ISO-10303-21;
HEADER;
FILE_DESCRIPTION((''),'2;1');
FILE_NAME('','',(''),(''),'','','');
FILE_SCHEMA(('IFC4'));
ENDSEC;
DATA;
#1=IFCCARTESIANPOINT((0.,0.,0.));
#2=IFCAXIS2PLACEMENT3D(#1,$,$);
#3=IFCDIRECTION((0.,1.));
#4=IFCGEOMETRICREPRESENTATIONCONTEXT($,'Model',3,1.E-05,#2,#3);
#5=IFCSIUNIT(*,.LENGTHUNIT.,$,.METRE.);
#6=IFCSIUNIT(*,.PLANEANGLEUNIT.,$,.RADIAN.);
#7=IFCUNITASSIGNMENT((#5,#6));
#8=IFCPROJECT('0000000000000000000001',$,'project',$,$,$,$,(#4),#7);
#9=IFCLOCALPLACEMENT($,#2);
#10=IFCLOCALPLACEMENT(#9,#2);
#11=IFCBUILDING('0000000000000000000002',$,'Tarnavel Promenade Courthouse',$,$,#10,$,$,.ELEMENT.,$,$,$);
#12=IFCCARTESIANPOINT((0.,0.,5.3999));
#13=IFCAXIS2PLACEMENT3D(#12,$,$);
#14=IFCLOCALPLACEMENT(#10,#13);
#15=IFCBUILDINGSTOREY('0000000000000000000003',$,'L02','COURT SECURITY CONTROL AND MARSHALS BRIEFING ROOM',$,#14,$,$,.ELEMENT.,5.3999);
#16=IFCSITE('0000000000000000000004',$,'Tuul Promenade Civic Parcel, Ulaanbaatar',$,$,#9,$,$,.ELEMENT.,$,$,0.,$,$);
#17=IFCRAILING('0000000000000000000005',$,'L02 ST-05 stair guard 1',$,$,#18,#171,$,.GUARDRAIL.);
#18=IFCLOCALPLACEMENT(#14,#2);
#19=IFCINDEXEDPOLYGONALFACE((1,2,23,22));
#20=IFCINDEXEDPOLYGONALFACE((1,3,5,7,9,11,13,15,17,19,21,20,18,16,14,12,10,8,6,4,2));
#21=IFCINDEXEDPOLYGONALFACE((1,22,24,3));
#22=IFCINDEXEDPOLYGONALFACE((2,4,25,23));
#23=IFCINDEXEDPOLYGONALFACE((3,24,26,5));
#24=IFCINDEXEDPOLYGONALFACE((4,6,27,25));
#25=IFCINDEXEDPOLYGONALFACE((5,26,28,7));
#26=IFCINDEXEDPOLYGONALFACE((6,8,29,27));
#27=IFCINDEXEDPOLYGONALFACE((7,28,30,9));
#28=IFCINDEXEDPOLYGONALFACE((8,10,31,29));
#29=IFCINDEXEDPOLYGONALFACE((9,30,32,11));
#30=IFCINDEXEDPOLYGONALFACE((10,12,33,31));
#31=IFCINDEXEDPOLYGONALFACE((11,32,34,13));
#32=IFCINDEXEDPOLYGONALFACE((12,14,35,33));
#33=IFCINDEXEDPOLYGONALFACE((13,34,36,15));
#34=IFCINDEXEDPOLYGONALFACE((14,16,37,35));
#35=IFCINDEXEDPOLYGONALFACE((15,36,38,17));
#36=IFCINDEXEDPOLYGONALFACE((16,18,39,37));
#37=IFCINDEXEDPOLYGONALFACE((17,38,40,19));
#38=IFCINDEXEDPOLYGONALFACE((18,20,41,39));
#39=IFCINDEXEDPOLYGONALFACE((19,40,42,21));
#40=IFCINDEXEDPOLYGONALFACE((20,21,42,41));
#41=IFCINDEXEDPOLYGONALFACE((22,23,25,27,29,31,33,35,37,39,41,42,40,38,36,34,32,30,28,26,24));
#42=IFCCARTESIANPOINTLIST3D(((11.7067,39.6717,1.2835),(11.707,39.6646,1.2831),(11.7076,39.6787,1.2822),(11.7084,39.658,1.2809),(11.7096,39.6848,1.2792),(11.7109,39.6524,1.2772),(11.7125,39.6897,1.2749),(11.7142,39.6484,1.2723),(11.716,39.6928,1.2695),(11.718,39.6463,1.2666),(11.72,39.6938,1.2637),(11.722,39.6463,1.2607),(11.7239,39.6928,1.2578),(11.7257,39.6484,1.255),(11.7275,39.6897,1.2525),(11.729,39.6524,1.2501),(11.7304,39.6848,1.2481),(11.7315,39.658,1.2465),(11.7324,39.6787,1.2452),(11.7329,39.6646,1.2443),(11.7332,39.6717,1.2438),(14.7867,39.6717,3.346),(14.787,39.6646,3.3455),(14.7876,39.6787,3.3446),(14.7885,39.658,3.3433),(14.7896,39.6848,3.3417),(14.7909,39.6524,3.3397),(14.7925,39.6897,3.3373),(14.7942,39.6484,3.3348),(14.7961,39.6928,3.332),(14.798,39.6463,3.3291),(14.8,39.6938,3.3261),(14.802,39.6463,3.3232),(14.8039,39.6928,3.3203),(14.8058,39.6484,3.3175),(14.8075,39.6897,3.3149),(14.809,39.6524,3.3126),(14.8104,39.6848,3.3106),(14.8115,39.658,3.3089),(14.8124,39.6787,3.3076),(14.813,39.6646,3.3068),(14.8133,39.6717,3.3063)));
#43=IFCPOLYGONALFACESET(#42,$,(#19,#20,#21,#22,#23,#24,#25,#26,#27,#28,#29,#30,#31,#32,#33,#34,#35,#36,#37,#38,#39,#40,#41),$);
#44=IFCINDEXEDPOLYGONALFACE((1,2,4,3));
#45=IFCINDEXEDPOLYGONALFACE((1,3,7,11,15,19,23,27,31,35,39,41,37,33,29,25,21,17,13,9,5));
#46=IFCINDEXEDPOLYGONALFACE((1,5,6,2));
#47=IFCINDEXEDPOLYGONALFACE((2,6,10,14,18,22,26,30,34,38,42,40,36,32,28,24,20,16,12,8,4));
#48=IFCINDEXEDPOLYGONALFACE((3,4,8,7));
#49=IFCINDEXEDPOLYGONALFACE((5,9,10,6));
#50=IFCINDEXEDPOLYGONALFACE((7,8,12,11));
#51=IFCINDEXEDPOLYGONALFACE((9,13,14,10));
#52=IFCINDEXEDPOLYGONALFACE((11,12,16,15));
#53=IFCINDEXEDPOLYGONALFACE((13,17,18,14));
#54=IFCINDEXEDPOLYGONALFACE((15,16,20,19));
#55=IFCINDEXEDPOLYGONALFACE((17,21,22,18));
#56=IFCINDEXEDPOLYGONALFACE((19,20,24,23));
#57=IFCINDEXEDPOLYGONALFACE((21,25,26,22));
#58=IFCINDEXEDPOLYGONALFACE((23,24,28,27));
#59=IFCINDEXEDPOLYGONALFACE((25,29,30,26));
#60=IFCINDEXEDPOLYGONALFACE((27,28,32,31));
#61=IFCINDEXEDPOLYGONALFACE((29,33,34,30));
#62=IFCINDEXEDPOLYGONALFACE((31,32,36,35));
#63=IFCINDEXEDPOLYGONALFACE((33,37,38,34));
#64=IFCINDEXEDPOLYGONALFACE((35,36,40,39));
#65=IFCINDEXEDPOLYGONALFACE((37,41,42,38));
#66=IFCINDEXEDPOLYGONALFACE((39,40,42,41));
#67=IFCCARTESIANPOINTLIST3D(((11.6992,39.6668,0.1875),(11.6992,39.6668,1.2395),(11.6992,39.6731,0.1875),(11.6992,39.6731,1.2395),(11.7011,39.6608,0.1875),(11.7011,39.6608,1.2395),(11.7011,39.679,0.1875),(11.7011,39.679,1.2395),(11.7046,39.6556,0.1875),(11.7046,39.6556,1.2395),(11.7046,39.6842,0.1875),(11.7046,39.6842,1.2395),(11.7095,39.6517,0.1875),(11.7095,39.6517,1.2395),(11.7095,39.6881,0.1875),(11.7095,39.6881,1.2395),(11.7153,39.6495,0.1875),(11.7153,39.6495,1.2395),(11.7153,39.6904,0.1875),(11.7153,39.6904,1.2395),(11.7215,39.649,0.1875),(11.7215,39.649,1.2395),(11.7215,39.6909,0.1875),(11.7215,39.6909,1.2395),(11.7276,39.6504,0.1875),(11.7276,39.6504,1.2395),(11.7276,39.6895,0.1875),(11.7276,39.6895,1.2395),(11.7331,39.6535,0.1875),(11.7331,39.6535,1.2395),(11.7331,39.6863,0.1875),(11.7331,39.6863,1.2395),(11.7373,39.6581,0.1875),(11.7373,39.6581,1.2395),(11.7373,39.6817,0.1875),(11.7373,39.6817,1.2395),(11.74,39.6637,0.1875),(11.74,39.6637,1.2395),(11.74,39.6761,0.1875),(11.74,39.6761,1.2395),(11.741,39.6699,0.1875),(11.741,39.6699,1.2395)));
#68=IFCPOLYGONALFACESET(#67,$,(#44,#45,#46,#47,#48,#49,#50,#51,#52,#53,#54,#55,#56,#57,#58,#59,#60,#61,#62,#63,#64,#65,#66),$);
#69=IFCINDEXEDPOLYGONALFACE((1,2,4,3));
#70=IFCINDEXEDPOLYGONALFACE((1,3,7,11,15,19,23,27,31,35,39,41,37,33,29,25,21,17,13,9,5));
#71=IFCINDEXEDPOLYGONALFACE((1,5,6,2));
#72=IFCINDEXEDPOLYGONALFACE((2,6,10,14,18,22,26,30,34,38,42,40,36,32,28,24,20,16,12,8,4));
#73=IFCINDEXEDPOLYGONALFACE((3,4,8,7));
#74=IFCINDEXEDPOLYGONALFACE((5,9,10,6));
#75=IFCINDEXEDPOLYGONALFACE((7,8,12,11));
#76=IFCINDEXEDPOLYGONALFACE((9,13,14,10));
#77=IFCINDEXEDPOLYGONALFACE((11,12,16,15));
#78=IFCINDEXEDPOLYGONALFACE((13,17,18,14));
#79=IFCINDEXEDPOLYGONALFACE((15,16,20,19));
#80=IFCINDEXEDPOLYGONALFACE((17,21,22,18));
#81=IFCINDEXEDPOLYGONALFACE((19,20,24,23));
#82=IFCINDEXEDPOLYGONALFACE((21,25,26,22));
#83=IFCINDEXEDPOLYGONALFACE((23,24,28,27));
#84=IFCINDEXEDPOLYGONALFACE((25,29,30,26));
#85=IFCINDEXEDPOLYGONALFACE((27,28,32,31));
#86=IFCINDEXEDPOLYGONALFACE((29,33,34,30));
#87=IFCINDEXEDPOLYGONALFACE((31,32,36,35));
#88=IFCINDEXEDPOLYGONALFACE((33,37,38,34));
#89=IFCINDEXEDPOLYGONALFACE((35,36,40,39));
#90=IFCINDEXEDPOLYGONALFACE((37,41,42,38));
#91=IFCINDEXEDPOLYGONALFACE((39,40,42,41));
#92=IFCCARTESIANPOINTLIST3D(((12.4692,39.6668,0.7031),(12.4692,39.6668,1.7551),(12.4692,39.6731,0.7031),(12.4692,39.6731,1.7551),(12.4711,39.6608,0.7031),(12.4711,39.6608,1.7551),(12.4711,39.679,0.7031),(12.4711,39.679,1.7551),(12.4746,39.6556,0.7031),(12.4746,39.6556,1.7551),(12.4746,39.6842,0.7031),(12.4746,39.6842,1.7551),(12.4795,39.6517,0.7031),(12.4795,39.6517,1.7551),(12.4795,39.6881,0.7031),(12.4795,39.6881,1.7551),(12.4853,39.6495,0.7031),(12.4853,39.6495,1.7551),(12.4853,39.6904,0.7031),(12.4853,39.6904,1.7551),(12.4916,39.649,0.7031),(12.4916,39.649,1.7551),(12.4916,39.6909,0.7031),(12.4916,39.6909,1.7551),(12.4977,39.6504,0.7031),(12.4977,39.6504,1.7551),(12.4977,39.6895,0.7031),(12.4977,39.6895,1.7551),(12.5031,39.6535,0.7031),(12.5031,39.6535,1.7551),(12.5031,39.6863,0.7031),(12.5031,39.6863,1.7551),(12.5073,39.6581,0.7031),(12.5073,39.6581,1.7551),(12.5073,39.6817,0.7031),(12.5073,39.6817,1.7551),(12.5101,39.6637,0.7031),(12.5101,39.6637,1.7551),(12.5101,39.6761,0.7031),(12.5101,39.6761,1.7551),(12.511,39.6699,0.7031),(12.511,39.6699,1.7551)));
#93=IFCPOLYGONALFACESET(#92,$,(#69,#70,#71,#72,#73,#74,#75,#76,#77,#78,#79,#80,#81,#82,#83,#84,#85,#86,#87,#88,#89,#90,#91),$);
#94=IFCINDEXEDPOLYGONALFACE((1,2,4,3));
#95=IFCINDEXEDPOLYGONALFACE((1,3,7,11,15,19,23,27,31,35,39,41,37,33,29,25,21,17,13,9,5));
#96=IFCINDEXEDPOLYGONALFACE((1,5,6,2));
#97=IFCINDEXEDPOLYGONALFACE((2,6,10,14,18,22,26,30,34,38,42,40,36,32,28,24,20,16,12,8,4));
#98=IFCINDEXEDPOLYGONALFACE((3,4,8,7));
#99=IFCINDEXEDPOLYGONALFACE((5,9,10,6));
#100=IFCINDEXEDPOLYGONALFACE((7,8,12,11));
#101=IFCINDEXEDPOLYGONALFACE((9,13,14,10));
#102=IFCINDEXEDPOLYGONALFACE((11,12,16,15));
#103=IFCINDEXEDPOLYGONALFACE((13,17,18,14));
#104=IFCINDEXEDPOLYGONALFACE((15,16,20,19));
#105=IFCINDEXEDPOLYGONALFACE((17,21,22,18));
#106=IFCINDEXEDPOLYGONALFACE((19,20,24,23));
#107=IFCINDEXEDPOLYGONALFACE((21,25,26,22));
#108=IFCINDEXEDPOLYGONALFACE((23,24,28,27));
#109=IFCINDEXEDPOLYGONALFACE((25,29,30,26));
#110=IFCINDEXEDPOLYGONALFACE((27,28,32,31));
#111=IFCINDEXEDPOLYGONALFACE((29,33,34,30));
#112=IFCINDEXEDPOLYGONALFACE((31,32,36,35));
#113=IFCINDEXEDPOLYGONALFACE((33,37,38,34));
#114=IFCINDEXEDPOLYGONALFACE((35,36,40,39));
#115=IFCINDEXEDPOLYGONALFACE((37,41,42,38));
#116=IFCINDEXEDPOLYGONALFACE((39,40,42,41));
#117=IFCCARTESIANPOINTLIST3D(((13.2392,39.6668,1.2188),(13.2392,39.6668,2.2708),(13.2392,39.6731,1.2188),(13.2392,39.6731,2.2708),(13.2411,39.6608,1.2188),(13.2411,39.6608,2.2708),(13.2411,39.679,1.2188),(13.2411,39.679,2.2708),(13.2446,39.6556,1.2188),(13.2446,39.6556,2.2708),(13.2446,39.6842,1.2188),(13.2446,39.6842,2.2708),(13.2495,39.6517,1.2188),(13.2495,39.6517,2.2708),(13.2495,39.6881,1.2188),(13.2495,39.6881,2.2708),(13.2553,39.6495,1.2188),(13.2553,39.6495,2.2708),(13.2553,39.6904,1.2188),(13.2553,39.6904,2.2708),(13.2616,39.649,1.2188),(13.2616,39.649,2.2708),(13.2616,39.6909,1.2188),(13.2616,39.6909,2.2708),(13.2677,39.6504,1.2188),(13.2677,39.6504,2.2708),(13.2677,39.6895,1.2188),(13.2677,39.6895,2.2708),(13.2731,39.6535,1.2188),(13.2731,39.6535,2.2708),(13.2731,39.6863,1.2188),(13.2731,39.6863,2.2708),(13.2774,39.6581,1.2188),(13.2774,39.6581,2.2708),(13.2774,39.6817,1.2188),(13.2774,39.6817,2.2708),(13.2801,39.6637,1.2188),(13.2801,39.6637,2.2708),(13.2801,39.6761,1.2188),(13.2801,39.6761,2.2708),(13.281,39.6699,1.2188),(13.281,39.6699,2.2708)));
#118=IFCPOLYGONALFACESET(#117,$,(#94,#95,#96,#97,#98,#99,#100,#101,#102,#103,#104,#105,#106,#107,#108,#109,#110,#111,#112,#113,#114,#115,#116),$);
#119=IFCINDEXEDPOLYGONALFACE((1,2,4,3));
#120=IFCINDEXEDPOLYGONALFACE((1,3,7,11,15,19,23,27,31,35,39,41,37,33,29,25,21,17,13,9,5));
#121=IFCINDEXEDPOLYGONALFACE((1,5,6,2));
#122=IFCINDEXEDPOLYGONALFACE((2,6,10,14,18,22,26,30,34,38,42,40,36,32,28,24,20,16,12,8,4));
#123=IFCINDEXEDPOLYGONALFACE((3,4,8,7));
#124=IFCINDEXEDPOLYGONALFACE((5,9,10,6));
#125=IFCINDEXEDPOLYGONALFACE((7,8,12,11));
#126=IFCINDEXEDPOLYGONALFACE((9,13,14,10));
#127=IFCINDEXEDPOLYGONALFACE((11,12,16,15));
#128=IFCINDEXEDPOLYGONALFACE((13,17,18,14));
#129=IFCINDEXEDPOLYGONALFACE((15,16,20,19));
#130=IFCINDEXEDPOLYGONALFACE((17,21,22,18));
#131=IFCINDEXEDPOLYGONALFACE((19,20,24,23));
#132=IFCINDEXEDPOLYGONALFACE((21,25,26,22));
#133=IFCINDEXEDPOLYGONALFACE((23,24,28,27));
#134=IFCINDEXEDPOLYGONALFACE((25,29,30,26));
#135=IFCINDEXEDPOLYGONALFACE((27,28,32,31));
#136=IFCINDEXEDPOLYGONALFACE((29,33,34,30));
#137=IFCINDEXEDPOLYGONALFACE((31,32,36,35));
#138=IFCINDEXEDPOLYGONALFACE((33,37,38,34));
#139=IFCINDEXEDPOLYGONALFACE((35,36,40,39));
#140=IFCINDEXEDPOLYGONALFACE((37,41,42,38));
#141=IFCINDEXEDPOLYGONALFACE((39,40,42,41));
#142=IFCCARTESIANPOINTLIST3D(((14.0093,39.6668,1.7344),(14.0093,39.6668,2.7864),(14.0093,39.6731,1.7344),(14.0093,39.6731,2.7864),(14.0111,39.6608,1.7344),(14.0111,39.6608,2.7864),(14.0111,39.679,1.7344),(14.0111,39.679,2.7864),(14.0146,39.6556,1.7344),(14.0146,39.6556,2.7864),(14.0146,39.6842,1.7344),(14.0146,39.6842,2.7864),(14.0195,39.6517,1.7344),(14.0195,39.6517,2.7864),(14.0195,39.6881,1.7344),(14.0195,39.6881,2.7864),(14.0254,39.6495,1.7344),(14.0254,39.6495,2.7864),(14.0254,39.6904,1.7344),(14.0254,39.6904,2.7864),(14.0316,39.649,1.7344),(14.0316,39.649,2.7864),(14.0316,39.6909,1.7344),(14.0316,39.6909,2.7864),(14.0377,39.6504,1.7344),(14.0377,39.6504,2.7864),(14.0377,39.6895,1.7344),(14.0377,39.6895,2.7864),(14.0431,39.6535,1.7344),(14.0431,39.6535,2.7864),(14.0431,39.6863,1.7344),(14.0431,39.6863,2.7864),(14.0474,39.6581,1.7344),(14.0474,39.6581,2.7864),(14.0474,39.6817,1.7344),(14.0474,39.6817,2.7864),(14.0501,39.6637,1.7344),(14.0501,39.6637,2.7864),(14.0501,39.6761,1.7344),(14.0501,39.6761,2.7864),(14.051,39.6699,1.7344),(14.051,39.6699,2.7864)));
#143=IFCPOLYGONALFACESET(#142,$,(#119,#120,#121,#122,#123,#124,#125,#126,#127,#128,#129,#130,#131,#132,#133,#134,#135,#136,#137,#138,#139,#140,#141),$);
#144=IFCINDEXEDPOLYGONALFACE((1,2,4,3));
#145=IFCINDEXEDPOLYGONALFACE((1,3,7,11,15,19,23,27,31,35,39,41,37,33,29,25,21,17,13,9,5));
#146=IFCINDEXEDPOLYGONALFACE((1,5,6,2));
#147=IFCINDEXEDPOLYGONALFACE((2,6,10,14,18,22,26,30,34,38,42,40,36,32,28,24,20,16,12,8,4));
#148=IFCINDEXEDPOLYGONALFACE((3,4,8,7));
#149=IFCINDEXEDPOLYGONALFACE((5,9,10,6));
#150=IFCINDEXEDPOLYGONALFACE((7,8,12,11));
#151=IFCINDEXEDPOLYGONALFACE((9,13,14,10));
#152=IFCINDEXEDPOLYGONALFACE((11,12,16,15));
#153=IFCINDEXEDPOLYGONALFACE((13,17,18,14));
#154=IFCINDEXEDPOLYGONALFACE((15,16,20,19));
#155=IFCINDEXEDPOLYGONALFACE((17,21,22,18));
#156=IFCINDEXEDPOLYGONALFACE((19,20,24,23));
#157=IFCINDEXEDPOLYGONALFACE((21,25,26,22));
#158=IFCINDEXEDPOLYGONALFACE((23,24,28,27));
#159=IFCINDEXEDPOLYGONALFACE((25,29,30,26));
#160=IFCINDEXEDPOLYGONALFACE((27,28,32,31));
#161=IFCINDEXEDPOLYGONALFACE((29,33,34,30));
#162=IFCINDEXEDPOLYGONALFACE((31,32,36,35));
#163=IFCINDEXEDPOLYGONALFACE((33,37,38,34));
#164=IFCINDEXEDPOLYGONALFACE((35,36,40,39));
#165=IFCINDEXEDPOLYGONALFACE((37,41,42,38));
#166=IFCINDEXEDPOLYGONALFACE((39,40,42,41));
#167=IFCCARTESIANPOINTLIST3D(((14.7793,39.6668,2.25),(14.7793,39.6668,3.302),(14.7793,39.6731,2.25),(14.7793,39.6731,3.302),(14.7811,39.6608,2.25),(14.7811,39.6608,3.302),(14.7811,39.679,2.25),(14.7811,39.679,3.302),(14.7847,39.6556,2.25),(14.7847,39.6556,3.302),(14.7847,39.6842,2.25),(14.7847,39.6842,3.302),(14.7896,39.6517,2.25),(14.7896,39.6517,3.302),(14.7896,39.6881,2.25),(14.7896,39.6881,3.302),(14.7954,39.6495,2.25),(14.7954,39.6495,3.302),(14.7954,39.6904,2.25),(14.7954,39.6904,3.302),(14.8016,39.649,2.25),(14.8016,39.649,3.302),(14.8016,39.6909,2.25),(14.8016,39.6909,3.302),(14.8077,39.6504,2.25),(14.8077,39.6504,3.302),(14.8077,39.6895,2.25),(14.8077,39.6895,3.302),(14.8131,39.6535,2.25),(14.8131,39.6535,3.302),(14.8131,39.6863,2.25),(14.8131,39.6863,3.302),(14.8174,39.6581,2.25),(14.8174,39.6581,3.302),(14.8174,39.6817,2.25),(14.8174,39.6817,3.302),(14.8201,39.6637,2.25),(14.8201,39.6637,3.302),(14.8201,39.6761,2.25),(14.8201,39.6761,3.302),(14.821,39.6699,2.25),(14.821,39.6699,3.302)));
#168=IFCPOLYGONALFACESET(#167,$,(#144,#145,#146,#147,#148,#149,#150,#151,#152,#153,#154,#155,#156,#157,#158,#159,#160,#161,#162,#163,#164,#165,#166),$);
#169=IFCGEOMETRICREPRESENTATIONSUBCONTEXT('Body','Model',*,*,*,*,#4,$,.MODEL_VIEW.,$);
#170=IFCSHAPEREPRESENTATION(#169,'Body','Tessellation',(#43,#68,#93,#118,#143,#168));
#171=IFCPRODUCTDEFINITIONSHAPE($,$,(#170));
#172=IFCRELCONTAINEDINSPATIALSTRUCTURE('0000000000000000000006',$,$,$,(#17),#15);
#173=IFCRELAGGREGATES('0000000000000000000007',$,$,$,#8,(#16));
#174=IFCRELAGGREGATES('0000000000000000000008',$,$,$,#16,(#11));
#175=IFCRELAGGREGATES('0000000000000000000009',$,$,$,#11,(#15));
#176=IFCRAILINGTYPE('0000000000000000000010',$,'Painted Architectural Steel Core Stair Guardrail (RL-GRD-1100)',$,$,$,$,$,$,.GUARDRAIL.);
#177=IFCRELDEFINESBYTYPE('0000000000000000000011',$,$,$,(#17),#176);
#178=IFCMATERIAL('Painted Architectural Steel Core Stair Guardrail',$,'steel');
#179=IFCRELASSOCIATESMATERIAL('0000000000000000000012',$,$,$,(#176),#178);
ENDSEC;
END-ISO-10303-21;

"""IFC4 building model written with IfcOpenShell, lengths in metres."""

from ifc_helpers import new_model, si_unit, direction, frame, origin, origin_2d, place, context, subcontext, project, spatial, circle, extrude, material, type_object, element, save


model = new_model("IFC4")

# Units and contexts
model_context = context("Model", 3, precision=1e-05, world=origin(), true_north=direction((0.0, 1.0)))
body_context = subcontext(model_context, "Body", "Model", "MODEL_VIEW")
ifc_project = project(units=[si_unit("LENGTHUNIT", "METRE"), si_unit("PLANEANGLEUNIT", "RADIAN")], contexts=[model_context])

# Site, building, storey
site_placement = place(None, origin())
site = spatial("IfcSite", under=ifc_project, at=site_placement, Name="Tuul Promenade Civic Parcel, Ulaanbaatar", CompositionType="ELEMENT", RefElevation=0.0)
building_placement = place(site_placement, origin())
building = spatial("IfcBuilding", under=site, at=building_placement, Name="Tarnavel Promenade Courthouse", CompositionType="ELEMENT")
storey_placement = place(building_placement, frame((0.0, 0.0, 5.3999)))
storey = spatial("IfcBuildingStorey", under=building, at=storey_placement, Name="L02", Description="COURT SECURITY CONTROL AND MARSHALS BRIEFING ROOM", CompositionType="ELEMENT", Elevation=5.3999)

# Railing
ifc_material_1 = material(Name="Painted Architectural Steel Core Stair Guardrail", Category="steel")
railing_type_1 = type_object("IfcRailingType", Name="Painted Architectural Steel Core Stair Guardrail (RL-GRD-1100)", PredefinedType="GUARDRAIL", material=ifc_material_1)
railing_1_placement = place(storey_placement, frame((11.72, 39.6699, 0.1875)))
element("IfcRailing", 1, at=railing_1_placement, inside=storey, type_object=railing_type_1, Name="L02 ST-05 stair guard 1", PredefinedType="GUARDRAIL", context=body_context, shape_type="SweptSolid", body=[
    extrude(circle(Radius=0.0239, at=origin_2d()), frame((0.0, 0.0, 1.0762), z_axis=(0.830914, 0.0, 0.556401), x_axis=(0.0, 1.0, 0.0)), (0.0, 0.0, 1.0), 3.7068),
    extrude(circle(Radius=0.021, at=origin_2d()), origin(), (0.0, 0.0, 1.0), 1.052),
    extrude(circle(Radius=0.021, at=origin_2d()), frame((0.77, 0.0, 0.5156)), (0.0, 0.0, 1.0), 1.052),
    extrude(circle(Radius=0.021, at=origin_2d()), frame((1.54, 0.0, 1.0312)), (0.0, 0.0, 1.0), 1.052),
    extrude(circle(Radius=0.021, at=origin_2d()), frame((2.3101, 0.0, 1.5469)), (0.0, 0.0, 1.0), 1.052),
    extrude(circle(Radius=0.021, at=origin_2d()), frame((3.0801, 0.0, 2.0625)), (0.0, 0.0, 1.0), 1.052),
])

save(model, "model.ifc")
